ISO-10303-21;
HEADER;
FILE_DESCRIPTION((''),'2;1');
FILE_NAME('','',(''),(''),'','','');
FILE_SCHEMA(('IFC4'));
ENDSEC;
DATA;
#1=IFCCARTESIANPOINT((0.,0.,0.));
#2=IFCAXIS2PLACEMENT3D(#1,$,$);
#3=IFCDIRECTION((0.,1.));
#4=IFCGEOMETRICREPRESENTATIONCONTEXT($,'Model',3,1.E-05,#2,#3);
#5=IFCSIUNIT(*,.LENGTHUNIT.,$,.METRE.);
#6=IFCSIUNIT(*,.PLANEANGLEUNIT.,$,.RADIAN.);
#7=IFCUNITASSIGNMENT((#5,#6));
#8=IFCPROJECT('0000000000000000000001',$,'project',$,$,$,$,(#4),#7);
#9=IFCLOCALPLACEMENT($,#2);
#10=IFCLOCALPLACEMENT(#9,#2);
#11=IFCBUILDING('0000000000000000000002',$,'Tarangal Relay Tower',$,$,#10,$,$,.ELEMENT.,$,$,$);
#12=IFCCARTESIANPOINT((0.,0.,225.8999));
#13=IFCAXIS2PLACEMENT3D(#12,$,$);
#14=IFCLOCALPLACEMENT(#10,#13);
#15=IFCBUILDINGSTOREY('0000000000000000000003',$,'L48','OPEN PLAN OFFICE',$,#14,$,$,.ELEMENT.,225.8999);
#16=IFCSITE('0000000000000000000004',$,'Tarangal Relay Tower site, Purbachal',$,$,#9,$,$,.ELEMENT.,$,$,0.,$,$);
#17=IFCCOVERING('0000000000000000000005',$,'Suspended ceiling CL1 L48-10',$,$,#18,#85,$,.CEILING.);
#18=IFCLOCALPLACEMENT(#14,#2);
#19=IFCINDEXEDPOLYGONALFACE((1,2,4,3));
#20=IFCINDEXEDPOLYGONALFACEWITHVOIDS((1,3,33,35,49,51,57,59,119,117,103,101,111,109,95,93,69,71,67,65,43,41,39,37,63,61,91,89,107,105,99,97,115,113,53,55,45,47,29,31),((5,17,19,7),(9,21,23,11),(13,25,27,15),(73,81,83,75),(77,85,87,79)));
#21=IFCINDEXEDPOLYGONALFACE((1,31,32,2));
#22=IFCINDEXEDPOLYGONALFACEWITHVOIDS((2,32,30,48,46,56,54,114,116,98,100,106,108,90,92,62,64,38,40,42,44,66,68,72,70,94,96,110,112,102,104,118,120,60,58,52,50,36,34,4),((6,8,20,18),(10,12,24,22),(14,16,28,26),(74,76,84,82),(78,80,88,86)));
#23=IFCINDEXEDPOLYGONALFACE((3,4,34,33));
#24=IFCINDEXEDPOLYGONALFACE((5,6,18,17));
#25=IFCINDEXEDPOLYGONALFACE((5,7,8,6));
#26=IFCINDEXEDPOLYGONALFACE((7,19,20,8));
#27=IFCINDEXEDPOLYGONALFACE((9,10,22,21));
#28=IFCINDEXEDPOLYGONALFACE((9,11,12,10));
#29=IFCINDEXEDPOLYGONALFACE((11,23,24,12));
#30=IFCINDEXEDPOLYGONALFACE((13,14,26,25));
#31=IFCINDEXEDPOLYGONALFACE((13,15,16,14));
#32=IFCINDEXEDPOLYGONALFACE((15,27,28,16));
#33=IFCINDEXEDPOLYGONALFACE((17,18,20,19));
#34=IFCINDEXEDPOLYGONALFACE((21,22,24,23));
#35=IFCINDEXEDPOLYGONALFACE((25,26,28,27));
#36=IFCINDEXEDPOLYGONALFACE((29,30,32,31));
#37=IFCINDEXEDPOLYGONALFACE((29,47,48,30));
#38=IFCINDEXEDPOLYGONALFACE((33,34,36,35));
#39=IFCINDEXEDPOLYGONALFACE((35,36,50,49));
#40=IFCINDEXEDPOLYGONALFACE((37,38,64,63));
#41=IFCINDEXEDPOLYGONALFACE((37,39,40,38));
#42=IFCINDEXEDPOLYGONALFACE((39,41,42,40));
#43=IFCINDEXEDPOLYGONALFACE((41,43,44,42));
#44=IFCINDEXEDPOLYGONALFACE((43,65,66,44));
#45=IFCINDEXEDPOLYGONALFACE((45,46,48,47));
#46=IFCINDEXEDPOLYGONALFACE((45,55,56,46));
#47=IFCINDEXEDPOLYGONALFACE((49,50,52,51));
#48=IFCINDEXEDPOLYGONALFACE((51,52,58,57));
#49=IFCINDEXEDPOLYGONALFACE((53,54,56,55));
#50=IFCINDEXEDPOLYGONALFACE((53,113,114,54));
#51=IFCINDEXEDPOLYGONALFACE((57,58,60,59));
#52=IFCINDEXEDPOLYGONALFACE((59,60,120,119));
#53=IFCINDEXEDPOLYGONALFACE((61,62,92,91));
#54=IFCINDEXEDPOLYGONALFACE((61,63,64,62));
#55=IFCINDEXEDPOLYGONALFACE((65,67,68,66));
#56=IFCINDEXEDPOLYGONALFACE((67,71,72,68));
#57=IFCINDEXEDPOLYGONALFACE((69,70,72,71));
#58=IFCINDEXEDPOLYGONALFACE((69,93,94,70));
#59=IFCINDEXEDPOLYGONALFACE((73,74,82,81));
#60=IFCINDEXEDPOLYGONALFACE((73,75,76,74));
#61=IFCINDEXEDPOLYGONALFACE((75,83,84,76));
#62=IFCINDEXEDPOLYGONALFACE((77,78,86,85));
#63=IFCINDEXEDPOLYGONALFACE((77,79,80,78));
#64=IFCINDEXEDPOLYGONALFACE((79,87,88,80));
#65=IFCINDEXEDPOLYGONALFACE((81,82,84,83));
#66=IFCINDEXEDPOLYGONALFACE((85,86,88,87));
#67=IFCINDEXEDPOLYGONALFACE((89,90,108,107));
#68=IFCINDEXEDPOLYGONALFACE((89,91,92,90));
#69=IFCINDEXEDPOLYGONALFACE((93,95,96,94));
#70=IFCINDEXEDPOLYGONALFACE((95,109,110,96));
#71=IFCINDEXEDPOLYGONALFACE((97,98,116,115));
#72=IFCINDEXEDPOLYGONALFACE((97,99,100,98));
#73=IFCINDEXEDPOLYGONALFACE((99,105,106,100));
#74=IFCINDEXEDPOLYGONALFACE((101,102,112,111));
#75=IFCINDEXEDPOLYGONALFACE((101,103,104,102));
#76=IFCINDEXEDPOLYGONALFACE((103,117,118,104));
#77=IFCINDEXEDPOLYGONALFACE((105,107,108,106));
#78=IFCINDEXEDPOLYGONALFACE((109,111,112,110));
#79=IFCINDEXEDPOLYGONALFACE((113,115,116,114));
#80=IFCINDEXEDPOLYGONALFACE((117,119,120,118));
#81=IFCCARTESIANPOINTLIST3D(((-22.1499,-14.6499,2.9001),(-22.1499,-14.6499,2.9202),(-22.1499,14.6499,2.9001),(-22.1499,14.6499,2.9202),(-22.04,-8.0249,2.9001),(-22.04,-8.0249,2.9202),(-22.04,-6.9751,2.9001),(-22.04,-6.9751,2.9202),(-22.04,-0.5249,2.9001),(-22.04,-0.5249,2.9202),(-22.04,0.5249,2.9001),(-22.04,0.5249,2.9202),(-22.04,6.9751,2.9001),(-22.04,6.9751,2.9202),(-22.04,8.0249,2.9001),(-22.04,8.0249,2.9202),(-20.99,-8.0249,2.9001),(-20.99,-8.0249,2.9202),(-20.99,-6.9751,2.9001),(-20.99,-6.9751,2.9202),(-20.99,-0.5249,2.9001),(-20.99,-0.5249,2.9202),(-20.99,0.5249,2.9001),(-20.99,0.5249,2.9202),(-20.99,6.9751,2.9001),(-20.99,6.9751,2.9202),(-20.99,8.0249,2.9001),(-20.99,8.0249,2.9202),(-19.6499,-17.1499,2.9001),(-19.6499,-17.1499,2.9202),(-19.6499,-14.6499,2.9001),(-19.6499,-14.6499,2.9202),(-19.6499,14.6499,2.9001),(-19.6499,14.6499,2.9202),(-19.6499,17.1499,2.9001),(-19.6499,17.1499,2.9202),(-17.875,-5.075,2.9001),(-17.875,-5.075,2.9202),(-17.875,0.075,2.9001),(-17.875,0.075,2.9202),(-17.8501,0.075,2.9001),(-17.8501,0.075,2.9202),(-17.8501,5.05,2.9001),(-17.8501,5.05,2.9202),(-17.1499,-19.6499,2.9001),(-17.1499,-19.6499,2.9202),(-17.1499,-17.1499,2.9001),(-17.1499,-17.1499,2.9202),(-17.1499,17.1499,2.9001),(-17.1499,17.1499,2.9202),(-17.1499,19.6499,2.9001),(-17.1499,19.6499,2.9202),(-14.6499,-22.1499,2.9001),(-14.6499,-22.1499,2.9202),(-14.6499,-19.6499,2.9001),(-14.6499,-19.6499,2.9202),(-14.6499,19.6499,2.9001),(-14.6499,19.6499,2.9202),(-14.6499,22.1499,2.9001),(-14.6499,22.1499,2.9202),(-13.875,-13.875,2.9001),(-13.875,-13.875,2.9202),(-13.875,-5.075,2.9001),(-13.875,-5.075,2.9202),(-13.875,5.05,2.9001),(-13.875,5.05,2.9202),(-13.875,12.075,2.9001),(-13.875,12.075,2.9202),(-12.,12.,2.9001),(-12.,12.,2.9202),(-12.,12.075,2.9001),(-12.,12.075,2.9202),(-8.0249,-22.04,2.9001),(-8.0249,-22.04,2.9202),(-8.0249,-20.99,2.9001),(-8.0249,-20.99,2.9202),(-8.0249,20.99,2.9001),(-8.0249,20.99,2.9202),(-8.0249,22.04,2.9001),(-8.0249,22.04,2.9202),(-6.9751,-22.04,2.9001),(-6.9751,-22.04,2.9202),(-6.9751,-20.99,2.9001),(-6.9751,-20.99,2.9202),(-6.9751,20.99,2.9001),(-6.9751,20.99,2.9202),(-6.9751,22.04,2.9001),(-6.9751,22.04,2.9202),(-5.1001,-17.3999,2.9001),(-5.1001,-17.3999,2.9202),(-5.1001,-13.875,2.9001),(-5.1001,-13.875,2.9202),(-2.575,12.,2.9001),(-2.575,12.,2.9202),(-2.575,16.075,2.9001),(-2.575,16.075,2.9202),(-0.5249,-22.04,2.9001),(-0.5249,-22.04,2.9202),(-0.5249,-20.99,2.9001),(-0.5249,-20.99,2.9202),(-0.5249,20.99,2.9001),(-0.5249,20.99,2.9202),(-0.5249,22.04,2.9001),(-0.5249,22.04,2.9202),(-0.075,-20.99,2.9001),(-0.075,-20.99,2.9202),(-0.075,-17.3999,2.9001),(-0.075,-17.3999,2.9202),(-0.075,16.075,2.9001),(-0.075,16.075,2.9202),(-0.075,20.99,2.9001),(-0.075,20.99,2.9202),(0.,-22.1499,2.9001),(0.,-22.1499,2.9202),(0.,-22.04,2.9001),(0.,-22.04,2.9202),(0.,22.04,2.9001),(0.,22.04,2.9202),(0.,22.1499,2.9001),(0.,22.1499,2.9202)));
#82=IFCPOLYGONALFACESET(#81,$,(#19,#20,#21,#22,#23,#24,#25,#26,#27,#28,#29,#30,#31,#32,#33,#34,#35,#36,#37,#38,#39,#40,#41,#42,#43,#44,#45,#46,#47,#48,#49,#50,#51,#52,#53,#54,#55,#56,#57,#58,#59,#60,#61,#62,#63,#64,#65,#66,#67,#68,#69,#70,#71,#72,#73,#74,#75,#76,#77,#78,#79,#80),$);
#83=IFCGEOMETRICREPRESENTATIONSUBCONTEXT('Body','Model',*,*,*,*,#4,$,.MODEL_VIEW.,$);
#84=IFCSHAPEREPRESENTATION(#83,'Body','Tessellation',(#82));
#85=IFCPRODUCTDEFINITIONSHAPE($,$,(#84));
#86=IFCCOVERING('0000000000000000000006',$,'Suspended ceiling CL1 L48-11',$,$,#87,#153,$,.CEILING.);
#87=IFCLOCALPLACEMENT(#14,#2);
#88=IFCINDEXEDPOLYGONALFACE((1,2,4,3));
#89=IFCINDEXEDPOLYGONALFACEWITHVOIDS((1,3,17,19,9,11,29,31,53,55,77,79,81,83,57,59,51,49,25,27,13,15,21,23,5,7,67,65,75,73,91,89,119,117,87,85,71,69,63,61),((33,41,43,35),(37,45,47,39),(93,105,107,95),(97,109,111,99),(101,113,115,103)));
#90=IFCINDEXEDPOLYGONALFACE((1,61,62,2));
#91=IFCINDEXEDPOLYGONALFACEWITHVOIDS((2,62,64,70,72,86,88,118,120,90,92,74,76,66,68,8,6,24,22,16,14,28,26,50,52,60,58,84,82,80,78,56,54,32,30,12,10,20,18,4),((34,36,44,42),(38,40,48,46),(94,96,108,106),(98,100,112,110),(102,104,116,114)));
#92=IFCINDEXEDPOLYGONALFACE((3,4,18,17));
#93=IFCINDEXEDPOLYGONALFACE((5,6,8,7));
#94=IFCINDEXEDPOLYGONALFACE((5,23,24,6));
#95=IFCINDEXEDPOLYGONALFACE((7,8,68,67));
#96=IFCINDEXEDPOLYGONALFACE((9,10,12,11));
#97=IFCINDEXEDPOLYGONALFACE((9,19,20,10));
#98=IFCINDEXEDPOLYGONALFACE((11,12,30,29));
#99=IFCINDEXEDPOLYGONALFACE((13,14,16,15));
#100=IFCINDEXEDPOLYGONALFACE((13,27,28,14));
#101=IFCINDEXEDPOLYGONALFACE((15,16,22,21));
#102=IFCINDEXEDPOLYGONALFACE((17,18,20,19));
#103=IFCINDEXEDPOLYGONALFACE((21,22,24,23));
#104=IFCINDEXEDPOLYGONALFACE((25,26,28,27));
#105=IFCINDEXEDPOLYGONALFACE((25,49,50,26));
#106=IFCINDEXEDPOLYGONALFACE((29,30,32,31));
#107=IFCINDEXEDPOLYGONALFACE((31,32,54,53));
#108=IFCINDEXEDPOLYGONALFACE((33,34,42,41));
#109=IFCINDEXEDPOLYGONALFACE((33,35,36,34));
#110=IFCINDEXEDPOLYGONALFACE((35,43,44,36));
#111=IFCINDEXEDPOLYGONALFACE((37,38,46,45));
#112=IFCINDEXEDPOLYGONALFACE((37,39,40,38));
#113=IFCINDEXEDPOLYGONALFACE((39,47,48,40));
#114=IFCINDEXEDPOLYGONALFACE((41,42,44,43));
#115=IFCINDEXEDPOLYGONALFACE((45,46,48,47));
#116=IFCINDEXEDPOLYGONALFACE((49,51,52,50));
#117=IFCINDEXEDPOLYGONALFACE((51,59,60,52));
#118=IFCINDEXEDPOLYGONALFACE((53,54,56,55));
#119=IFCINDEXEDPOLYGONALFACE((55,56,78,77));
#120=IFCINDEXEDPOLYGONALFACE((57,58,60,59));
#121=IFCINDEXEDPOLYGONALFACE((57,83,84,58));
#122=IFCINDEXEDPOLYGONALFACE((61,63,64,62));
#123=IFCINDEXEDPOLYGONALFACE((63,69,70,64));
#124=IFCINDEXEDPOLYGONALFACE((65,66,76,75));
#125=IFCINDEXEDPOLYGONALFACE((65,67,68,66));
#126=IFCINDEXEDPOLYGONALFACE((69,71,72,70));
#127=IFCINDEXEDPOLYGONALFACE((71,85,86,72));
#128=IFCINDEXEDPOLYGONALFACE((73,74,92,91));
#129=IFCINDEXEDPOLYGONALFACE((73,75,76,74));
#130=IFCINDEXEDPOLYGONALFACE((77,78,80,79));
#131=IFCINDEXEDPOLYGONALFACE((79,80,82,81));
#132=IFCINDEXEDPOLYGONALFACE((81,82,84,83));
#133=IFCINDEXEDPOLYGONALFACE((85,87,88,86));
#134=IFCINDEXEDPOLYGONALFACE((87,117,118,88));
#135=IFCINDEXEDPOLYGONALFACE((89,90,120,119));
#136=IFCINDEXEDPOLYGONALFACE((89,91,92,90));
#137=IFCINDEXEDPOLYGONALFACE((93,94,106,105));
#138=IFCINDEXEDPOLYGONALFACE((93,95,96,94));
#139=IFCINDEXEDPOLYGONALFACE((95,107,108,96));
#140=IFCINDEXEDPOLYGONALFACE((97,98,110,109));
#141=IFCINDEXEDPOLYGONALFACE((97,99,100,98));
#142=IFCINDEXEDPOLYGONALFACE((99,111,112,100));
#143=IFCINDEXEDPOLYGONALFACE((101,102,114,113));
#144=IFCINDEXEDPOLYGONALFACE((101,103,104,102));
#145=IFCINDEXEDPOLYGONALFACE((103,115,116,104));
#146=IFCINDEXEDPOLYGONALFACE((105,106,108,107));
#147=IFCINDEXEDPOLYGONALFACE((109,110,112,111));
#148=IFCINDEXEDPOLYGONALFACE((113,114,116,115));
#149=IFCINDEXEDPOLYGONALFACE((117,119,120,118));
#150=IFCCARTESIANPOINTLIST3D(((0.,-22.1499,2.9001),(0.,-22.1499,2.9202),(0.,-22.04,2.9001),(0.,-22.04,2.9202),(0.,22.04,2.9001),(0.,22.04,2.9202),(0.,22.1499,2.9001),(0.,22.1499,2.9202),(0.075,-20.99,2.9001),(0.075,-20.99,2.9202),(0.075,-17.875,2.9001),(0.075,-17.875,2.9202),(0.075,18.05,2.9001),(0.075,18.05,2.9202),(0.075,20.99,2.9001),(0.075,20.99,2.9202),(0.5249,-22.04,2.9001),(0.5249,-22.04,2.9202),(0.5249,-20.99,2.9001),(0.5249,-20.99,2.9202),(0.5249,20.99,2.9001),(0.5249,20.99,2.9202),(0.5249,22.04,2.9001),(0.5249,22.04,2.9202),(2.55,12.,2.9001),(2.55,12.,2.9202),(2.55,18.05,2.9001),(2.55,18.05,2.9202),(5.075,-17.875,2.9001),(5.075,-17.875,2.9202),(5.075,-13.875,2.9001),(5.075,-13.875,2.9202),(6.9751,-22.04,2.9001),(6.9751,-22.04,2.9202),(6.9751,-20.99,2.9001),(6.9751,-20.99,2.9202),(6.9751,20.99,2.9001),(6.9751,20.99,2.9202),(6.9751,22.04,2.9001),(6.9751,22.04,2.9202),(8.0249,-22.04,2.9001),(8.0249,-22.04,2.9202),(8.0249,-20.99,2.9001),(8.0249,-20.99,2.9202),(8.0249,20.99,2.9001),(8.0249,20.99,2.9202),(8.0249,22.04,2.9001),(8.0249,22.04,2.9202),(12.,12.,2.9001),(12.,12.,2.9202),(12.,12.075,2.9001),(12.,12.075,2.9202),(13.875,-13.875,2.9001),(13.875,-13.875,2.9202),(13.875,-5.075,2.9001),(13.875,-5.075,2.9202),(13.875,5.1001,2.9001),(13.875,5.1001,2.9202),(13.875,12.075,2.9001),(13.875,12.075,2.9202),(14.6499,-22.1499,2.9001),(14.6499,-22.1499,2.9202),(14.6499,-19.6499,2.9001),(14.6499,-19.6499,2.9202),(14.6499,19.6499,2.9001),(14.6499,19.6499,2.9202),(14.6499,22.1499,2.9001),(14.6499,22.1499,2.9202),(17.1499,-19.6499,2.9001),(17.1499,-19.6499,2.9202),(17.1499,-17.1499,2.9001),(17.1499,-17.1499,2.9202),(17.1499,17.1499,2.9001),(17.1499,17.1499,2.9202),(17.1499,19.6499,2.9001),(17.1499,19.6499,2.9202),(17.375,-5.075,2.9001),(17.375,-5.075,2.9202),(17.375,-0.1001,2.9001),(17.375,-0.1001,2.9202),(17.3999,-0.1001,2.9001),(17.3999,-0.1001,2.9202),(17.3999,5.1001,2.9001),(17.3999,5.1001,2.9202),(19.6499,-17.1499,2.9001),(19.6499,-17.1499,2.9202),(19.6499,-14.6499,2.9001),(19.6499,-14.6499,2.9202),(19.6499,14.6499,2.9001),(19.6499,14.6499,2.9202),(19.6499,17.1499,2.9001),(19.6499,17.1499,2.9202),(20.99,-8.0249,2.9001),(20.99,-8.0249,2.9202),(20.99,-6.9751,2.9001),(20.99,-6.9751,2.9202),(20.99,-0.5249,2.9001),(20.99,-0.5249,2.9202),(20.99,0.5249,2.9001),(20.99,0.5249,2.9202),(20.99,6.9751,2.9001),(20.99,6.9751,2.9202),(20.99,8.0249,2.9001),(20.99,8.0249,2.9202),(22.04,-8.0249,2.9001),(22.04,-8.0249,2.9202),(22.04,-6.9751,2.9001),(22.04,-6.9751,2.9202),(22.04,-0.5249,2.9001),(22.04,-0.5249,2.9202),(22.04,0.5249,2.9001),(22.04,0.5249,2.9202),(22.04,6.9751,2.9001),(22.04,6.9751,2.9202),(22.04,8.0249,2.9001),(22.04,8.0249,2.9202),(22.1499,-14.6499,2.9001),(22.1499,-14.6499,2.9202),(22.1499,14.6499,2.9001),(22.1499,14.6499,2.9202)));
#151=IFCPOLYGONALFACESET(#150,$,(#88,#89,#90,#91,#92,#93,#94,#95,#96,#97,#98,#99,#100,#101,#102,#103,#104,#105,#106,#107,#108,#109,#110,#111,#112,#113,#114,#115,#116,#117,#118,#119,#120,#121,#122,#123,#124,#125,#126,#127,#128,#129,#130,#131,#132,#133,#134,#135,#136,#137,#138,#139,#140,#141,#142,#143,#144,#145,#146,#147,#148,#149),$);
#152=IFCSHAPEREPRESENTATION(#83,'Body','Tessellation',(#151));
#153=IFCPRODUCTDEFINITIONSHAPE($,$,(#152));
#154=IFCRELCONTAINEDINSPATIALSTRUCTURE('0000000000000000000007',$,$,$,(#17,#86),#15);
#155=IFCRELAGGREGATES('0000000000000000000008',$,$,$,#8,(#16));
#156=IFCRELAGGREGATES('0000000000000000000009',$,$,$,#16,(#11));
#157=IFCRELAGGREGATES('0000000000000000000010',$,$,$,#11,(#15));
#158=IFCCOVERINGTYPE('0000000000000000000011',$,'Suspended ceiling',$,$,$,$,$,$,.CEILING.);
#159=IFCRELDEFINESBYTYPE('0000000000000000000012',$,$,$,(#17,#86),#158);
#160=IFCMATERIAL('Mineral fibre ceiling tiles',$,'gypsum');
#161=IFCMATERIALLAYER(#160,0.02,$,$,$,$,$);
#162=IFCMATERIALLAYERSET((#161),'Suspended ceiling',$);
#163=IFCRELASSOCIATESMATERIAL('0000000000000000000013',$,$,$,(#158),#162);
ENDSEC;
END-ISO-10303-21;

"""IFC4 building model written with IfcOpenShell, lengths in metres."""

from ifc_helpers import new_model, si_unit, direction, frame, origin, place, context, subcontext, project, spatial, polyline, outline, extrude, material, layer, layer_set, type_object, element, save


model = new_model("IFC4")

# Units and contexts
model_context = context("Model", 3, precision=1e-05, world=origin(), true_north=direction((0.0, 1.0)))
body_context = subcontext(model_context, "Body", "Model", "MODEL_VIEW")
ifc_project = project(units=[si_unit("LENGTHUNIT", "METRE"), si_unit("PLANEANGLEUNIT", "RADIAN")], contexts=[model_context])

# Site, building, storey
site_placement = place(None, origin())
site = spatial("IfcSite", under=ifc_project, at=site_placement, Name="Tarangal Relay Tower site, Purbachal", CompositionType="ELEMENT", RefElevation=0.0)
building_placement = place(site_placement, origin())
building = spatial("IfcBuilding", under=site, at=building_placement, Name="Tarangal Relay Tower", CompositionType="ELEMENT")
storey_placement = place(building_placement, frame((0.0, 0.0, 225.8999)))
storey = spatial("IfcBuildingStorey", under=building, at=storey_placement, Name="L48", Description="OPEN PLAN OFFICE", CompositionType="ELEMENT", Elevation=225.8999)

# Coverings
ifc_material_1 = material(Name="Mineral fibre ceiling tiles", Category="gypsum")
ifc_layer_1 = layer(ifc_material_1, 0.02)
ifc_layer_set_1 = layer_set([ifc_layer_1], Name="Suspended ceiling")
covering_type = type_object("IfcCoveringType", Name="Suspended ceiling", PredefinedType="CEILING", material=ifc_layer_set_1)
covering_1_placement = place(storey_placement, frame((0.0, 0.0, 2.9001)))
element("IfcCovering", 1, at=covering_1_placement, inside=storey, type_object=covering_type, Name="Suspended ceiling CL1 L48-10", PredefinedType="CEILING", context=body_context, shape_type="SweptSolid", body=[
    extrude(outline(polyline([(-2.575, 16.075), (-0.075, 16.075), (-0.075, 20.99), (-0.5249, 20.99), (-0.5249, 22.04), (0.0, 22.04), (0.0, 22.1499), (-14.6499, 22.1499), (-14.6499, 19.6499), (-17.1499, 19.6499), (-17.1499, 17.1499), (-19.6499, 17.1499), (-19.6499, 14.6499), (-22.1499, 14.6499), (-22.1499, -14.6499), (-19.6499, -14.6499), (-19.6499, -17.1499), (-17.1499, -17.1499), (-17.1499, -19.6499), (-14.6499, -19.6499), (-14.6499, -22.1499), (0.0, -22.1499), (0.0, -22.04), (-0.5249, -22.04), (-0.5249, -20.99), (-0.075, -20.99), (-0.075, -17.3999), (-5.1001, -17.3999), (-5.1001, -13.875), (-13.875, -13.875), (-13.875, -5.075), (-17.875, -5.075), (-17.875, 0.075), (-17.8501, 0.075), (-17.8501, 5.05), (-13.875, 5.05), (-13.875, 12.075), (-12.0, 12.075), (-12.0, 12.0), (-2.575, 12.0), (-2.575, 16.075)]), holes=[polyline([(-8.0249, -22.04), (-6.9751, -22.04), (-6.9751, -20.99), (-8.0249, -20.99), (-8.0249, -22.04)]), polyline([(-22.04, -6.9751), (-22.04, -8.0249), (-20.99, -8.0249), (-20.99, -6.9751), (-22.04, -6.9751)]), polyline([(-22.04, 0.5249), (-22.04, -0.5249), (-20.99, -0.5249), (-20.99, 0.5249), (-22.04, 0.5249)]), polyline([(-22.04, 8.0249), (-22.04, 6.9751), (-20.99, 6.9751), (-20.99, 8.0249), (-22.04, 8.0249)]), polyline([(-8.0249, 22.04), (-8.0249, 20.99), (-6.9751, 20.99), (-6.9751, 22.04), (-8.0249, 22.04)])]), origin(), (0.0, 0.0, 1.0), 0.02),
])
covering_2_placement = place(storey_placement, frame((0.0, 0.0, 2.9001)))
element("IfcCovering", 2, at=covering_2_placement, inside=storey, type_object=covering_type, Name="Suspended ceiling CL1 L48-11", PredefinedType="CEILING", context=body_context, shape_type="SweptSolid", body=[
    extrude(outline(polyline([(12.0, 12.075), (13.875, 12.075), (13.875, 5.1001), (17.3999, 5.1001), (17.3999, -0.1001), (17.375, -0.1001), (17.375, -5.075), (13.875, -5.075), (13.875, -13.875), (5.075, -13.875), (5.075, -17.875), (0.075, -17.875), (0.075, -20.99), (0.5249, -20.99), (0.5249, -22.04), (0.0, -22.04), (0.0, -22.1499), (14.6499, -22.1499), (14.6499, -19.6499), (17.1499, -19.6499), (17.1499, -17.1499), (19.6499, -17.1499), (19.6499, -14.6499), (22.1499, -14.6499), (22.1499, 14.6499), (19.6499, 14.6499), (19.6499, 17.1499), (17.1499, 17.1499), (17.1499, 19.6499), (14.6499, 19.6499), (14.6499, 22.1499), (0.0, 22.1499), (0.0, 22.04), (0.5249, 22.04), (0.5249, 20.99), (0.075, 20.99), (0.075, 18.05), (2.55, 18.05), (2.55, 12.0), (12.0, 12.0), (12.0, 12.075)]), holes=[polyline([(6.9751, -20.99), (6.9751, -22.04), (8.0249, -22.04), (8.0249, -20.99), (6.9751, -20.99)]), polyline([(20.99, -6.9751), (20.99, -8.0249), (22.04, -8.0249), (22.04, -6.9751), (20.99, -6.9751)]), polyline([(20.99, 0.5249), (20.99, -0.5249), (22.04, -0.5249), (22.04, 0.5249), (20.99, 0.5249)]), polyline([(20.99, 8.0249), (20.99, 6.9751), (22.04, 6.9751), (22.04, 8.0249), (20.99, 8.0249)]), polyline([(6.9751, 22.04), (6.9751, 20.99), (8.0249, 20.99), (8.0249, 22.04), (6.9751, 22.04)])]), origin(), (0.0, 0.0, 1.0), 0.02),
])

save(model, "model.ifc")
